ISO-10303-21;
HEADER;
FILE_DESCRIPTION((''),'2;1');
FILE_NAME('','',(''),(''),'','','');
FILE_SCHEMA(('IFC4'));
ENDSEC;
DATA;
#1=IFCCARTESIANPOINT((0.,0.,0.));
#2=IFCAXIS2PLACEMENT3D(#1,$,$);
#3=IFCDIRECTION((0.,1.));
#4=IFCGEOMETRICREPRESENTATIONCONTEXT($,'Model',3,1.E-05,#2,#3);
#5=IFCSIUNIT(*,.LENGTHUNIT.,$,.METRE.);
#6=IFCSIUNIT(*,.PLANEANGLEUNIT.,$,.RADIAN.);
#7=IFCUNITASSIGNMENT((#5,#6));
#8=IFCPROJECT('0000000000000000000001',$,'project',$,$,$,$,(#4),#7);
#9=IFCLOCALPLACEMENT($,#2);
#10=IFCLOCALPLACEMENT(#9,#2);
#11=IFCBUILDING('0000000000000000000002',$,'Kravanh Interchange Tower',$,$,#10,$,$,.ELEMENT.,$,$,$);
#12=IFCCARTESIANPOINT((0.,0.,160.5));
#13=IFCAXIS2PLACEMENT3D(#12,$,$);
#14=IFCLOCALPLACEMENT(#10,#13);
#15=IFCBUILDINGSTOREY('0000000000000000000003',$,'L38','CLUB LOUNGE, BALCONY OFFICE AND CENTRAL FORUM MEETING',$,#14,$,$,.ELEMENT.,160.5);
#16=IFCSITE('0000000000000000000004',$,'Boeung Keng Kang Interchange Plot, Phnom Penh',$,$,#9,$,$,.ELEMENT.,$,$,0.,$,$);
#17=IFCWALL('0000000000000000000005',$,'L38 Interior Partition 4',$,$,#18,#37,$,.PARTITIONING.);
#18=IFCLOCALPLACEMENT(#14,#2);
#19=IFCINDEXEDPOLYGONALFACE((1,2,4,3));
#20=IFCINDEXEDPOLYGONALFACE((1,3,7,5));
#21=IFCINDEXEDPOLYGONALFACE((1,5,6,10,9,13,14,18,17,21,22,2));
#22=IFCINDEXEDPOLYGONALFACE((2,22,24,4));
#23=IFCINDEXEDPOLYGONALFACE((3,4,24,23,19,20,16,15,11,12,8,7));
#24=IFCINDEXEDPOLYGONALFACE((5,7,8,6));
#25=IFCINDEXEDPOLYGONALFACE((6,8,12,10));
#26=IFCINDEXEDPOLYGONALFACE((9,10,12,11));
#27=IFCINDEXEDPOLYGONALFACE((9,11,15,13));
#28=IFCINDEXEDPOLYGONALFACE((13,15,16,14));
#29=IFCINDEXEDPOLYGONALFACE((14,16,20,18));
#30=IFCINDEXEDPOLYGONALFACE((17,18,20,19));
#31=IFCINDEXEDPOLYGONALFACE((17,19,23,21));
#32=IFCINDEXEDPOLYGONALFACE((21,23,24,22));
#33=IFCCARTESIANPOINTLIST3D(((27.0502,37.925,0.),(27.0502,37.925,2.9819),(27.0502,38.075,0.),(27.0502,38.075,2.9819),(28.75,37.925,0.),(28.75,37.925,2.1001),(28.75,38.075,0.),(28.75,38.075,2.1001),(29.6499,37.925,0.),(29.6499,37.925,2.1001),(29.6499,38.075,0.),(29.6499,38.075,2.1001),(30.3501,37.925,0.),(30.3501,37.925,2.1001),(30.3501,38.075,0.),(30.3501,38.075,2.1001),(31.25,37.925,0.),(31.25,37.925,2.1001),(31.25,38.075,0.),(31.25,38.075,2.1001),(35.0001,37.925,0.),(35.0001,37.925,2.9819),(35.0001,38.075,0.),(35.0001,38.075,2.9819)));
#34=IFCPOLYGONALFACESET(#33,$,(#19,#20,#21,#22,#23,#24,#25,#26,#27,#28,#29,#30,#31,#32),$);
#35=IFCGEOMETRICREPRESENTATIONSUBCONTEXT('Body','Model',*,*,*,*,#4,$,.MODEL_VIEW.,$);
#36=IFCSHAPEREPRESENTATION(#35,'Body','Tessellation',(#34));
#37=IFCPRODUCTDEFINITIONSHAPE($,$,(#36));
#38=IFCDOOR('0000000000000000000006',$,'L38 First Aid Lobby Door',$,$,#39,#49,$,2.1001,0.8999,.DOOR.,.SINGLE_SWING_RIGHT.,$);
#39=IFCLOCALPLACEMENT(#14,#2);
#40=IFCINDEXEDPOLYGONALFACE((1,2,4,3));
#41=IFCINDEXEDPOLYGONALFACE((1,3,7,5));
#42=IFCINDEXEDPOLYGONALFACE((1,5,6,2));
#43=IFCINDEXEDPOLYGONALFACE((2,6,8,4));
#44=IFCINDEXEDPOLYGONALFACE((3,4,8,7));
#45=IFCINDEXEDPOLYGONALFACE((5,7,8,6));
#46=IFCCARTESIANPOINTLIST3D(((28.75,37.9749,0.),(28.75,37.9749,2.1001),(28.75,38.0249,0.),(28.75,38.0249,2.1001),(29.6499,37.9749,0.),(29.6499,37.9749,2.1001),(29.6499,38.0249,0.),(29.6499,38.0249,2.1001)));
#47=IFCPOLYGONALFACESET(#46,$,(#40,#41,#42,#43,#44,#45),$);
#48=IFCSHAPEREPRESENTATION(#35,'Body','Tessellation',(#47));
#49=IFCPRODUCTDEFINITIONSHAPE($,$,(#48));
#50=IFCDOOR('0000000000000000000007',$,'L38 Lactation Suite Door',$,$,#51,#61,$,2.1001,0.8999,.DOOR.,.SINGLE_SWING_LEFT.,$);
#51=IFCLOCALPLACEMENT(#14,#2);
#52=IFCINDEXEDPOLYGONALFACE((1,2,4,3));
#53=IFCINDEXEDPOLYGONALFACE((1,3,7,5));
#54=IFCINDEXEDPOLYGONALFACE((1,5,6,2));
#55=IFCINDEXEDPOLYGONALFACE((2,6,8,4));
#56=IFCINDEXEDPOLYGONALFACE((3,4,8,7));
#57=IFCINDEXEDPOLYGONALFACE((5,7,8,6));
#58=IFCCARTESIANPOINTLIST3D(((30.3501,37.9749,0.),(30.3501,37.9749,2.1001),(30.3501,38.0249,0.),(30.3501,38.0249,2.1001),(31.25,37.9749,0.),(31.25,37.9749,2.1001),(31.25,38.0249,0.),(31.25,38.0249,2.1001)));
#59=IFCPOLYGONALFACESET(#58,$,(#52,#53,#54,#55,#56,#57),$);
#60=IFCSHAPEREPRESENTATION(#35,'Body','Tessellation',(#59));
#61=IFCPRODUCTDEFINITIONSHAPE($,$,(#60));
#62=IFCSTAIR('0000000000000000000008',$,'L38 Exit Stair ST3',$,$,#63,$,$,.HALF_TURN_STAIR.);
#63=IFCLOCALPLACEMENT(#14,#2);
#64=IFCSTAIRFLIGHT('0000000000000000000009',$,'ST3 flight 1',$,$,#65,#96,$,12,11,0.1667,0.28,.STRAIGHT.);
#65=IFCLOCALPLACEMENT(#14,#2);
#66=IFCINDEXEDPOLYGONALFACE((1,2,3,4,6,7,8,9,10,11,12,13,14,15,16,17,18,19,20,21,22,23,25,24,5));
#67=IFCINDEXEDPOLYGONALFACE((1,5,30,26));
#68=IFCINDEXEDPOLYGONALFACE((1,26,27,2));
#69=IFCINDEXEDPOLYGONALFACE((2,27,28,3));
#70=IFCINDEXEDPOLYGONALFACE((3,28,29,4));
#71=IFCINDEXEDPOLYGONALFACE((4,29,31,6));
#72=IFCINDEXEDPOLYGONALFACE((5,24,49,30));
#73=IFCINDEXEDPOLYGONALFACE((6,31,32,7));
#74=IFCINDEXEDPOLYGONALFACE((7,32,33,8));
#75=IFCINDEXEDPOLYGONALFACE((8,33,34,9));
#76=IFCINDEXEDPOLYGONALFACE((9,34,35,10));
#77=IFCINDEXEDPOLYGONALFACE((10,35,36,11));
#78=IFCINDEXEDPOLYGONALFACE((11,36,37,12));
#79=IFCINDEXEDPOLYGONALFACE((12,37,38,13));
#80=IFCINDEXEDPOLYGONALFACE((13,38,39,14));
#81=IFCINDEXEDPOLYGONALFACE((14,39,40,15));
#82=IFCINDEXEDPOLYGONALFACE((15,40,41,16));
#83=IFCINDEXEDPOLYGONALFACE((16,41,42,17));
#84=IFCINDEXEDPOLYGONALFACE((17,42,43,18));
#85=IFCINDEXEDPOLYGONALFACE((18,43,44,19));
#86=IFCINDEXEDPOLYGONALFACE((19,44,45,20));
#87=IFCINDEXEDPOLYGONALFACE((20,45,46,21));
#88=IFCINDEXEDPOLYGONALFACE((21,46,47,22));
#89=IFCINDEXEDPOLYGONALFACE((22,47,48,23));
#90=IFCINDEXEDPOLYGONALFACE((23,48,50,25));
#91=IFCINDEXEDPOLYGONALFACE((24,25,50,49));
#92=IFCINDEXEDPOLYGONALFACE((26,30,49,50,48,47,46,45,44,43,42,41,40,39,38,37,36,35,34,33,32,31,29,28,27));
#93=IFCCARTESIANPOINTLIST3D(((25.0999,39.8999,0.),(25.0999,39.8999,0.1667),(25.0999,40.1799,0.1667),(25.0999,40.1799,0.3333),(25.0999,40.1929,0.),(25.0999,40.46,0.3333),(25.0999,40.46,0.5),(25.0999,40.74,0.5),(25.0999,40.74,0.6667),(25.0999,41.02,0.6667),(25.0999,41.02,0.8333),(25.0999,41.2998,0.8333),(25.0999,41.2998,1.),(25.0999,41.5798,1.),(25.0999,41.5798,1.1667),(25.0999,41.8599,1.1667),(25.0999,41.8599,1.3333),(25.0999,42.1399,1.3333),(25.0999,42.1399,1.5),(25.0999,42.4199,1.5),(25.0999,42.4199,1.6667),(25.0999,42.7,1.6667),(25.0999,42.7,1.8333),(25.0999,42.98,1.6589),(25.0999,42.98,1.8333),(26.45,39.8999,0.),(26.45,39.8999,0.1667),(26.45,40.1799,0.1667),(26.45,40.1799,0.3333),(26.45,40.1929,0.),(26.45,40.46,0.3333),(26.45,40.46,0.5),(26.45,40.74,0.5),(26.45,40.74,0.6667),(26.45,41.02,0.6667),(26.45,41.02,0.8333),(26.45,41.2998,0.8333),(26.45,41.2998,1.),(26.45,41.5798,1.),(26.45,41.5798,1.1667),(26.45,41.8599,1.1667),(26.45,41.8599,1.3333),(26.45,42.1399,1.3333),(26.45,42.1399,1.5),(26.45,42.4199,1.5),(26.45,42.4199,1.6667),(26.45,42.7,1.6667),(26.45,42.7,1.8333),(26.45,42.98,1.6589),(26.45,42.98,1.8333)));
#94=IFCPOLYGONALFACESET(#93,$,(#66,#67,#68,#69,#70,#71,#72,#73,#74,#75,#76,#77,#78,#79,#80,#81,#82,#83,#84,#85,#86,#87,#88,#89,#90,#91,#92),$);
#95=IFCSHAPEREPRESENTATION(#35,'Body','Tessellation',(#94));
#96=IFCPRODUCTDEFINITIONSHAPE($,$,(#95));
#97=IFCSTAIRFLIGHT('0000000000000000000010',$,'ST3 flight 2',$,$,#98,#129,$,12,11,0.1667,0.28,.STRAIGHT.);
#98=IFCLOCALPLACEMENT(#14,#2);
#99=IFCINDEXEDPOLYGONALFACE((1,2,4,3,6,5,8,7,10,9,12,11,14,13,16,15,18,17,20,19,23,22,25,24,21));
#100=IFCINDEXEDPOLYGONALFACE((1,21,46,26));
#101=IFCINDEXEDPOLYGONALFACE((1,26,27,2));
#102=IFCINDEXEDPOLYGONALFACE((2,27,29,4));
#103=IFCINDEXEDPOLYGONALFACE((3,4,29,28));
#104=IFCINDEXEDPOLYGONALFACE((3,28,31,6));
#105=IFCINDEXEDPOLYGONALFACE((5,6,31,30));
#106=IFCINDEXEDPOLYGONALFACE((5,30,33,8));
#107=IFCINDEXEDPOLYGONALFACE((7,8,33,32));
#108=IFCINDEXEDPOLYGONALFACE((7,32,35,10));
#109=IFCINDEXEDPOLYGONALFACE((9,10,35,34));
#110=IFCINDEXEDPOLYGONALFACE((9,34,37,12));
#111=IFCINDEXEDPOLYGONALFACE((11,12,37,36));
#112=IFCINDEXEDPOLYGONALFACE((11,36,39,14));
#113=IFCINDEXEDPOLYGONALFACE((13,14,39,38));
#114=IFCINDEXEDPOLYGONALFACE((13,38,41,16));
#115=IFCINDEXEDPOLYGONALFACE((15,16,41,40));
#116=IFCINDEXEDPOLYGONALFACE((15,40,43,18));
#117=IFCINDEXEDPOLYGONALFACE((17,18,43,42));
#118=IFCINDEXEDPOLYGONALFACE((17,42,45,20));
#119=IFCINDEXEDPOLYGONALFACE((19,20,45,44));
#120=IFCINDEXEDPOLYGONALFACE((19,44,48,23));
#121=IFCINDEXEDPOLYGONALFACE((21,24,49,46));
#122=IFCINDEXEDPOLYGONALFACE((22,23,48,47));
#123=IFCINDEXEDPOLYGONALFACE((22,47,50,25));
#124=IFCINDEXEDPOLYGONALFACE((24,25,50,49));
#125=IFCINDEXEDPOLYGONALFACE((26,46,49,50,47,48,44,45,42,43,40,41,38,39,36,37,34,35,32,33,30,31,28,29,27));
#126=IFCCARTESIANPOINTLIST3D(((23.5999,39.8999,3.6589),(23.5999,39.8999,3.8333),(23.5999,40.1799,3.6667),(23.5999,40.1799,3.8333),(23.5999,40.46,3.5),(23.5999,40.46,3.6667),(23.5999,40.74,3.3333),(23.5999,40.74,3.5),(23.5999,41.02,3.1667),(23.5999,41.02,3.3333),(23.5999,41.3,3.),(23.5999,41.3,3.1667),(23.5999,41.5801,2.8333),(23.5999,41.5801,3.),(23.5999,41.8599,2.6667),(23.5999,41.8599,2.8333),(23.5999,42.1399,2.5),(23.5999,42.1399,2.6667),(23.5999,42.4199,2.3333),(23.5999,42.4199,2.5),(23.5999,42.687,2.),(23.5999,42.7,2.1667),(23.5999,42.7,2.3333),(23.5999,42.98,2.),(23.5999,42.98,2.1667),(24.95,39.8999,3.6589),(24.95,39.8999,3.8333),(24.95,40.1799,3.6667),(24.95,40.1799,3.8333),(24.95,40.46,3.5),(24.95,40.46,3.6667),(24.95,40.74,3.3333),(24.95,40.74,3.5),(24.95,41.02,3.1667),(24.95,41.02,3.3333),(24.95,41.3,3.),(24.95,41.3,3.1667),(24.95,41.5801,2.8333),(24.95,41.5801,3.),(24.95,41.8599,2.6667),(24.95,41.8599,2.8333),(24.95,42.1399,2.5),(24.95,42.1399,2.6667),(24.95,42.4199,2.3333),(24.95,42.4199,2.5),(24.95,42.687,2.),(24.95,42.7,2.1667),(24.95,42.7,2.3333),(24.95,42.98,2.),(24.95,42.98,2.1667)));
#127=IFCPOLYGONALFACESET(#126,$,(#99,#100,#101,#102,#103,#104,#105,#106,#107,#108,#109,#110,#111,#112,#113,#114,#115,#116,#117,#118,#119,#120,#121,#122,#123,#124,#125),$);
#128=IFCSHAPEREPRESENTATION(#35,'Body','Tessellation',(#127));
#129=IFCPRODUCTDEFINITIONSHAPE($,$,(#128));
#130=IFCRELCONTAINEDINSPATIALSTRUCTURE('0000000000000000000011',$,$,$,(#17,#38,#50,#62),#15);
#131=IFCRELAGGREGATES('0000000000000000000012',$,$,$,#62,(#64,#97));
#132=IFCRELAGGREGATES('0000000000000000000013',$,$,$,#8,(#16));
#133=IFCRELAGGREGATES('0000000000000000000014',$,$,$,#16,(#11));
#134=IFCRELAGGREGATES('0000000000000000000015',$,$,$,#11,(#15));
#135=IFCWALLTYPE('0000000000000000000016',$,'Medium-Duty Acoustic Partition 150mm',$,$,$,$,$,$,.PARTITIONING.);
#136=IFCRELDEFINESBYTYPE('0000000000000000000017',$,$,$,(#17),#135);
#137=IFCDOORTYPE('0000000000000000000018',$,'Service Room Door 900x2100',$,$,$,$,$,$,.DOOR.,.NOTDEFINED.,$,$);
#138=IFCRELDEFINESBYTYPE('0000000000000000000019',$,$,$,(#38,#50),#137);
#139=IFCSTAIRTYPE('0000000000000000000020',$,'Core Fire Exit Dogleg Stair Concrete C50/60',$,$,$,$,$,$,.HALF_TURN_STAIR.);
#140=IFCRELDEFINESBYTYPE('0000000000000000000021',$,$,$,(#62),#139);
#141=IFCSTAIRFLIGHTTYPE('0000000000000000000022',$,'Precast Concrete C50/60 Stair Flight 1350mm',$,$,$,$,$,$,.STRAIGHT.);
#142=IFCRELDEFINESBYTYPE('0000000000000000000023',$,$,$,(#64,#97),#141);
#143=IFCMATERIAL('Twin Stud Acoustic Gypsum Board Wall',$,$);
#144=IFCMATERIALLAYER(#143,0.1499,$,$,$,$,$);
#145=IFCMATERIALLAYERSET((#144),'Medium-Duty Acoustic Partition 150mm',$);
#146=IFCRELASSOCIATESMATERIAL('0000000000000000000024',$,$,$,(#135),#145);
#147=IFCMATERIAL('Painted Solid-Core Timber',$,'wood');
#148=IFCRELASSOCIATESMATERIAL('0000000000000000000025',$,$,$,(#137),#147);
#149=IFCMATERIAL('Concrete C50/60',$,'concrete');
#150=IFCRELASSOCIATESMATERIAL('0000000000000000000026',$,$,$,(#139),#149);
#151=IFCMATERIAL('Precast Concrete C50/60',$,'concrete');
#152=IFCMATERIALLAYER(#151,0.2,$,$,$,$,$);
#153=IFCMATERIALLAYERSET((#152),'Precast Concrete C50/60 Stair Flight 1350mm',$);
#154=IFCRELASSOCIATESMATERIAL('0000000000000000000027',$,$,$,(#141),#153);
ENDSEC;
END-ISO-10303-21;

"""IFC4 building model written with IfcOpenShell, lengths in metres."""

from ifc_helpers import new_model, si_unit, direction, frame, frame_2d, origin, place, context, subcontext, project, spatial, polyline, rectangle, outline, extrude, material, layer, layer_set, type_object, element, fill, aggregate, save


model = new_model("IFC4")

# Units and contexts
model_context = context("Model", 3, precision=1e-05, world=origin(), true_north=direction((0.0, 1.0)))
body_context = subcontext(model_context, "Body", "Model", "MODEL_VIEW")
ifc_project = project(units=[si_unit("LENGTHUNIT", "METRE"), si_unit("PLANEANGLEUNIT", "RADIAN")], contexts=[model_context])

# Site, building, storey
site_placement = place(None, origin())
site = spatial("IfcSite", under=ifc_project, at=site_placement, Name="Boeung Keng Kang Interchange Plot, Phnom Penh", CompositionType="ELEMENT", RefElevation=0.0)
building_placement = place(site_placement, origin())
building = spatial("IfcBuilding", under=site, at=building_placement, Name="Kravanh Interchange Tower", CompositionType="ELEMENT")
storey_placement = place(building_placement, frame((0.0, 0.0, 160.5)))
storey = spatial("IfcBuildingStorey", under=building, at=storey_placement, Name="L38", Description="CLUB LOUNGE, BALCONY OFFICE AND CENTRAL FORUM MEETING", CompositionType="ELEMENT", Elevation=160.5)

# Wall, openings, doors
ifc_material_1 = material(Name="Twin Stud Acoustic Gypsum Board Wall")
ifc_layer_1 = layer(ifc_material_1, 0.1499)
ifc_layer_set_1 = layer_set([ifc_layer_1], Name="Medium-Duty Acoustic Partition 150mm")
wall_type_1 = type_object("IfcWallType", Name="Medium-Duty Acoustic Partition 150mm", PredefinedType="PARTITIONING", material=ifc_layer_set_1)
wall_1_placement = place(storey_placement, frame((27.05, 38.0, 0.0), z_axis=(0.0, 0.0, 1.0), x_axis=(1.0, 0.0, 0.0)))
wall_1 = element("IfcWall", 1, at=wall_1_placement, inside=storey, type_object=wall_type_1, Name="L38 Interior Partition 4", PredefinedType="PARTITIONING", context=body_context, shape_type="SweptSolid", body=[
    extrude(rectangle(XDim=7.95, YDim=0.1499, at=frame_2d((3.9751, 0.0))), origin(), (0.0, 0.0, 1.0), 2.9819),
])
opening_1_placement = place(wall_1_placement, frame((1.7, 0.0, 0.0)))
opening_1 = element("IfcOpeningElement", 2, at=opening_1_placement, cuts=wall_1, PredefinedType="OPENING", context=body_context, shape_type="SweptSolid", body=[
    extrude(rectangle(XDim=0.8999, YDim=2.1001, at=frame_2d((0.45, 1.05))), frame((0.0, 0.085, 0.0), z_axis=(0.0, -1.0, 0.0), x_axis=(1.0, 0.0, 0.0)), (0.0, 0.0, 1.0), 0.1699),
])
opening_2_placement = place(wall_1_placement, frame((3.3, 0.0, 0.0)))
opening_2 = element("IfcOpeningElement", 3, at=opening_2_placement, cuts=wall_1, PredefinedType="OPENING", context=body_context, shape_type="SweptSolid", body=[
    extrude(rectangle(XDim=0.8999, YDim=2.1001, at=frame_2d((0.45, 1.05))), frame((0.0, 0.085, 0.0), z_axis=(0.0, -1.0, 0.0), x_axis=(1.0, 0.0, 0.0)), (0.0, 0.0, 1.0), 0.1699),
])
ifc_material_2 = material(Name="Painted Solid-Core Timber", Category="wood")
door_type = type_object("IfcDoorType", Name="Service Room Door 900x2100", OperationType="NOTDEFINED", PredefinedType="DOOR", material=ifc_material_2)
door_1_placement = place(opening_1_placement, origin())
door_1 = element("IfcDoor", 4, at=door_1_placement, inside=storey, type_object=door_type, Name="L38 First Aid Lobby Door", OperationType="SINGLE_SWING_RIGHT", OverallHeight=2.1001, OverallWidth=0.8999, PredefinedType="DOOR", context=body_context, shape_type="SweptSolid", body=[
    extrude(rectangle(XDim=0.8999, YDim=2.1001, at=frame_2d((0.45, 1.05))), frame((0.0, 0.0249, 0.0), z_axis=(0.0, -1.0, 0.0), x_axis=(1.0, 0.0, 0.0)), (0.0, 0.0, 1.0), 0.05),
])
fill(opening_1, door_1)
door_2_placement = place(opening_2_placement, origin())
door_2 = element("IfcDoor", 5, at=door_2_placement, inside=storey, type_object=door_type, Name="L38 Lactation Suite Door", OperationType="SINGLE_SWING_LEFT", OverallHeight=2.1001, OverallWidth=0.8999, PredefinedType="DOOR", context=body_context, shape_type="SweptSolid", body=[
    extrude(rectangle(XDim=0.8999, YDim=2.1001, at=frame_2d((0.45, 1.05))), frame((0.0, 0.0249, 0.0), z_axis=(0.0, -1.0, 0.0), x_axis=(1.0, 0.0, 0.0)), (0.0, 0.0, 1.0), 0.05),
])
fill(opening_2, door_2)

# Stair, stair flights
ifc_material_3 = material(Name="Concrete C50/60", Category="concrete")
stair_type = type_object("IfcStairType", Name="Core Fire Exit Dogleg Stair Concrete C50/60", PredefinedType="HALF_TURN_STAIR", material=ifc_material_3)
stair_placement = place(storey_placement, origin())
stair = element("IfcStair", 6, at=stair_placement, inside=storey, type_object=stair_type, Name="L38 Exit Stair ST3", PredefinedType="HALF_TURN_STAIR")
ifc_material_4 = material(Name="Precast Concrete C50/60", Category="concrete")
ifc_layer_2 = layer(ifc_material_4, 0.2)
ifc_layer_set_2 = layer_set([ifc_layer_2], Name="Precast Concrete C50/60 Stair Flight 1350mm")
stair_flight_type = type_object("IfcStairFlightType", Name="Precast Concrete C50/60 Stair Flight 1350mm", PredefinedType="STRAIGHT", material=ifc_layer_set_2)
stair_flight_1_placement = place(storey_placement, frame((25.7749, 39.8999, 0.0), z_axis=(0.0, 0.0, 1.0), x_axis=(0.0, 1.0, 0.0)))
stair_flight_1 = element("IfcStairFlight", 7, at=stair_flight_1_placement, type_object=stair_flight_type, Name="ST3 flight 1", NumberOfRisers=12, NumberOfTreads=11, PredefinedType="STRAIGHT", RiserHeight=0.1667, TreadLength=0.28, context=body_context, shape_type="SweptSolid", body=[
    extrude(outline(polyline([(0.0, 0.0), (0.0, 0.1667), (0.28, 0.1667), (0.28, 0.3333), (0.5601, 0.3333), (0.5601, 0.5), (0.8401, 0.5), (0.8401, 0.6667), (1.1201, 0.6667), (1.1201, 0.8333), (1.3999, 0.8333), (1.3999, 1.0), (1.6799, 1.0), (1.6799, 1.1667), (1.96, 1.1667), (1.96, 1.3333), (2.24, 1.3333), (2.24, 1.5), (2.52, 1.5), (2.52, 1.6667), (2.8, 1.6667), (2.8, 1.8333), (3.0801, 1.8333), (3.0801, 2.0), (3.0801, 1.6589), (0.293, 0.0), (0.0, 0.0)])), frame((0.0, 0.675, 0.0), z_axis=(0.0, -1.0, 0.0), x_axis=(1.0, 0.0, 0.0)), (0.0, 0.0, 1.0), 1.3501),
])
stair_flight_2_placement = place(storey_placement, frame((24.2749, 42.98, 2.0), z_axis=(0.0, 0.0, 1.0), x_axis=(0.0, -1.0, 0.0)))
stair_flight_2 = element("IfcStairFlight", 8, at=stair_flight_2_placement, type_object=stair_flight_type, Name="ST3 flight 2", NumberOfRisers=12, NumberOfTreads=11, PredefinedType="STRAIGHT", RiserHeight=0.1667, TreadLength=0.28, context=body_context, shape_type="SweptSolid", body=[
    extrude(outline(polyline([(0.0, 0.0), (0.0, 0.1667), (0.28, 0.1667), (0.28, 0.3333), (0.5601, 0.3333), (0.5601, 0.5), (0.8401, 0.5), (0.8401, 0.6667), (1.1201, 0.6667), (1.1201, 0.8333), (1.3999, 0.8333), (1.3999, 1.0), (1.6799, 1.0), (1.6799, 1.1667), (1.96, 1.1667), (1.96, 1.3333), (2.24, 1.3333), (2.24, 1.5), (2.52, 1.5), (2.52, 1.6667), (2.8, 1.6667), (2.8, 1.8333), (3.0801, 1.8333), (3.0801, 2.0), (3.0801, 1.6589), (0.293, 0.0), (0.0, 0.0)])), frame((0.0, 0.675, 0.0), z_axis=(0.0, -1.0, 0.0), x_axis=(1.0, 0.0, 0.0)), (0.0, 0.0, 1.0), 1.3501),
])
aggregate(stair, [stair_flight_1, stair_flight_2])

save(model, "model.ifc")
